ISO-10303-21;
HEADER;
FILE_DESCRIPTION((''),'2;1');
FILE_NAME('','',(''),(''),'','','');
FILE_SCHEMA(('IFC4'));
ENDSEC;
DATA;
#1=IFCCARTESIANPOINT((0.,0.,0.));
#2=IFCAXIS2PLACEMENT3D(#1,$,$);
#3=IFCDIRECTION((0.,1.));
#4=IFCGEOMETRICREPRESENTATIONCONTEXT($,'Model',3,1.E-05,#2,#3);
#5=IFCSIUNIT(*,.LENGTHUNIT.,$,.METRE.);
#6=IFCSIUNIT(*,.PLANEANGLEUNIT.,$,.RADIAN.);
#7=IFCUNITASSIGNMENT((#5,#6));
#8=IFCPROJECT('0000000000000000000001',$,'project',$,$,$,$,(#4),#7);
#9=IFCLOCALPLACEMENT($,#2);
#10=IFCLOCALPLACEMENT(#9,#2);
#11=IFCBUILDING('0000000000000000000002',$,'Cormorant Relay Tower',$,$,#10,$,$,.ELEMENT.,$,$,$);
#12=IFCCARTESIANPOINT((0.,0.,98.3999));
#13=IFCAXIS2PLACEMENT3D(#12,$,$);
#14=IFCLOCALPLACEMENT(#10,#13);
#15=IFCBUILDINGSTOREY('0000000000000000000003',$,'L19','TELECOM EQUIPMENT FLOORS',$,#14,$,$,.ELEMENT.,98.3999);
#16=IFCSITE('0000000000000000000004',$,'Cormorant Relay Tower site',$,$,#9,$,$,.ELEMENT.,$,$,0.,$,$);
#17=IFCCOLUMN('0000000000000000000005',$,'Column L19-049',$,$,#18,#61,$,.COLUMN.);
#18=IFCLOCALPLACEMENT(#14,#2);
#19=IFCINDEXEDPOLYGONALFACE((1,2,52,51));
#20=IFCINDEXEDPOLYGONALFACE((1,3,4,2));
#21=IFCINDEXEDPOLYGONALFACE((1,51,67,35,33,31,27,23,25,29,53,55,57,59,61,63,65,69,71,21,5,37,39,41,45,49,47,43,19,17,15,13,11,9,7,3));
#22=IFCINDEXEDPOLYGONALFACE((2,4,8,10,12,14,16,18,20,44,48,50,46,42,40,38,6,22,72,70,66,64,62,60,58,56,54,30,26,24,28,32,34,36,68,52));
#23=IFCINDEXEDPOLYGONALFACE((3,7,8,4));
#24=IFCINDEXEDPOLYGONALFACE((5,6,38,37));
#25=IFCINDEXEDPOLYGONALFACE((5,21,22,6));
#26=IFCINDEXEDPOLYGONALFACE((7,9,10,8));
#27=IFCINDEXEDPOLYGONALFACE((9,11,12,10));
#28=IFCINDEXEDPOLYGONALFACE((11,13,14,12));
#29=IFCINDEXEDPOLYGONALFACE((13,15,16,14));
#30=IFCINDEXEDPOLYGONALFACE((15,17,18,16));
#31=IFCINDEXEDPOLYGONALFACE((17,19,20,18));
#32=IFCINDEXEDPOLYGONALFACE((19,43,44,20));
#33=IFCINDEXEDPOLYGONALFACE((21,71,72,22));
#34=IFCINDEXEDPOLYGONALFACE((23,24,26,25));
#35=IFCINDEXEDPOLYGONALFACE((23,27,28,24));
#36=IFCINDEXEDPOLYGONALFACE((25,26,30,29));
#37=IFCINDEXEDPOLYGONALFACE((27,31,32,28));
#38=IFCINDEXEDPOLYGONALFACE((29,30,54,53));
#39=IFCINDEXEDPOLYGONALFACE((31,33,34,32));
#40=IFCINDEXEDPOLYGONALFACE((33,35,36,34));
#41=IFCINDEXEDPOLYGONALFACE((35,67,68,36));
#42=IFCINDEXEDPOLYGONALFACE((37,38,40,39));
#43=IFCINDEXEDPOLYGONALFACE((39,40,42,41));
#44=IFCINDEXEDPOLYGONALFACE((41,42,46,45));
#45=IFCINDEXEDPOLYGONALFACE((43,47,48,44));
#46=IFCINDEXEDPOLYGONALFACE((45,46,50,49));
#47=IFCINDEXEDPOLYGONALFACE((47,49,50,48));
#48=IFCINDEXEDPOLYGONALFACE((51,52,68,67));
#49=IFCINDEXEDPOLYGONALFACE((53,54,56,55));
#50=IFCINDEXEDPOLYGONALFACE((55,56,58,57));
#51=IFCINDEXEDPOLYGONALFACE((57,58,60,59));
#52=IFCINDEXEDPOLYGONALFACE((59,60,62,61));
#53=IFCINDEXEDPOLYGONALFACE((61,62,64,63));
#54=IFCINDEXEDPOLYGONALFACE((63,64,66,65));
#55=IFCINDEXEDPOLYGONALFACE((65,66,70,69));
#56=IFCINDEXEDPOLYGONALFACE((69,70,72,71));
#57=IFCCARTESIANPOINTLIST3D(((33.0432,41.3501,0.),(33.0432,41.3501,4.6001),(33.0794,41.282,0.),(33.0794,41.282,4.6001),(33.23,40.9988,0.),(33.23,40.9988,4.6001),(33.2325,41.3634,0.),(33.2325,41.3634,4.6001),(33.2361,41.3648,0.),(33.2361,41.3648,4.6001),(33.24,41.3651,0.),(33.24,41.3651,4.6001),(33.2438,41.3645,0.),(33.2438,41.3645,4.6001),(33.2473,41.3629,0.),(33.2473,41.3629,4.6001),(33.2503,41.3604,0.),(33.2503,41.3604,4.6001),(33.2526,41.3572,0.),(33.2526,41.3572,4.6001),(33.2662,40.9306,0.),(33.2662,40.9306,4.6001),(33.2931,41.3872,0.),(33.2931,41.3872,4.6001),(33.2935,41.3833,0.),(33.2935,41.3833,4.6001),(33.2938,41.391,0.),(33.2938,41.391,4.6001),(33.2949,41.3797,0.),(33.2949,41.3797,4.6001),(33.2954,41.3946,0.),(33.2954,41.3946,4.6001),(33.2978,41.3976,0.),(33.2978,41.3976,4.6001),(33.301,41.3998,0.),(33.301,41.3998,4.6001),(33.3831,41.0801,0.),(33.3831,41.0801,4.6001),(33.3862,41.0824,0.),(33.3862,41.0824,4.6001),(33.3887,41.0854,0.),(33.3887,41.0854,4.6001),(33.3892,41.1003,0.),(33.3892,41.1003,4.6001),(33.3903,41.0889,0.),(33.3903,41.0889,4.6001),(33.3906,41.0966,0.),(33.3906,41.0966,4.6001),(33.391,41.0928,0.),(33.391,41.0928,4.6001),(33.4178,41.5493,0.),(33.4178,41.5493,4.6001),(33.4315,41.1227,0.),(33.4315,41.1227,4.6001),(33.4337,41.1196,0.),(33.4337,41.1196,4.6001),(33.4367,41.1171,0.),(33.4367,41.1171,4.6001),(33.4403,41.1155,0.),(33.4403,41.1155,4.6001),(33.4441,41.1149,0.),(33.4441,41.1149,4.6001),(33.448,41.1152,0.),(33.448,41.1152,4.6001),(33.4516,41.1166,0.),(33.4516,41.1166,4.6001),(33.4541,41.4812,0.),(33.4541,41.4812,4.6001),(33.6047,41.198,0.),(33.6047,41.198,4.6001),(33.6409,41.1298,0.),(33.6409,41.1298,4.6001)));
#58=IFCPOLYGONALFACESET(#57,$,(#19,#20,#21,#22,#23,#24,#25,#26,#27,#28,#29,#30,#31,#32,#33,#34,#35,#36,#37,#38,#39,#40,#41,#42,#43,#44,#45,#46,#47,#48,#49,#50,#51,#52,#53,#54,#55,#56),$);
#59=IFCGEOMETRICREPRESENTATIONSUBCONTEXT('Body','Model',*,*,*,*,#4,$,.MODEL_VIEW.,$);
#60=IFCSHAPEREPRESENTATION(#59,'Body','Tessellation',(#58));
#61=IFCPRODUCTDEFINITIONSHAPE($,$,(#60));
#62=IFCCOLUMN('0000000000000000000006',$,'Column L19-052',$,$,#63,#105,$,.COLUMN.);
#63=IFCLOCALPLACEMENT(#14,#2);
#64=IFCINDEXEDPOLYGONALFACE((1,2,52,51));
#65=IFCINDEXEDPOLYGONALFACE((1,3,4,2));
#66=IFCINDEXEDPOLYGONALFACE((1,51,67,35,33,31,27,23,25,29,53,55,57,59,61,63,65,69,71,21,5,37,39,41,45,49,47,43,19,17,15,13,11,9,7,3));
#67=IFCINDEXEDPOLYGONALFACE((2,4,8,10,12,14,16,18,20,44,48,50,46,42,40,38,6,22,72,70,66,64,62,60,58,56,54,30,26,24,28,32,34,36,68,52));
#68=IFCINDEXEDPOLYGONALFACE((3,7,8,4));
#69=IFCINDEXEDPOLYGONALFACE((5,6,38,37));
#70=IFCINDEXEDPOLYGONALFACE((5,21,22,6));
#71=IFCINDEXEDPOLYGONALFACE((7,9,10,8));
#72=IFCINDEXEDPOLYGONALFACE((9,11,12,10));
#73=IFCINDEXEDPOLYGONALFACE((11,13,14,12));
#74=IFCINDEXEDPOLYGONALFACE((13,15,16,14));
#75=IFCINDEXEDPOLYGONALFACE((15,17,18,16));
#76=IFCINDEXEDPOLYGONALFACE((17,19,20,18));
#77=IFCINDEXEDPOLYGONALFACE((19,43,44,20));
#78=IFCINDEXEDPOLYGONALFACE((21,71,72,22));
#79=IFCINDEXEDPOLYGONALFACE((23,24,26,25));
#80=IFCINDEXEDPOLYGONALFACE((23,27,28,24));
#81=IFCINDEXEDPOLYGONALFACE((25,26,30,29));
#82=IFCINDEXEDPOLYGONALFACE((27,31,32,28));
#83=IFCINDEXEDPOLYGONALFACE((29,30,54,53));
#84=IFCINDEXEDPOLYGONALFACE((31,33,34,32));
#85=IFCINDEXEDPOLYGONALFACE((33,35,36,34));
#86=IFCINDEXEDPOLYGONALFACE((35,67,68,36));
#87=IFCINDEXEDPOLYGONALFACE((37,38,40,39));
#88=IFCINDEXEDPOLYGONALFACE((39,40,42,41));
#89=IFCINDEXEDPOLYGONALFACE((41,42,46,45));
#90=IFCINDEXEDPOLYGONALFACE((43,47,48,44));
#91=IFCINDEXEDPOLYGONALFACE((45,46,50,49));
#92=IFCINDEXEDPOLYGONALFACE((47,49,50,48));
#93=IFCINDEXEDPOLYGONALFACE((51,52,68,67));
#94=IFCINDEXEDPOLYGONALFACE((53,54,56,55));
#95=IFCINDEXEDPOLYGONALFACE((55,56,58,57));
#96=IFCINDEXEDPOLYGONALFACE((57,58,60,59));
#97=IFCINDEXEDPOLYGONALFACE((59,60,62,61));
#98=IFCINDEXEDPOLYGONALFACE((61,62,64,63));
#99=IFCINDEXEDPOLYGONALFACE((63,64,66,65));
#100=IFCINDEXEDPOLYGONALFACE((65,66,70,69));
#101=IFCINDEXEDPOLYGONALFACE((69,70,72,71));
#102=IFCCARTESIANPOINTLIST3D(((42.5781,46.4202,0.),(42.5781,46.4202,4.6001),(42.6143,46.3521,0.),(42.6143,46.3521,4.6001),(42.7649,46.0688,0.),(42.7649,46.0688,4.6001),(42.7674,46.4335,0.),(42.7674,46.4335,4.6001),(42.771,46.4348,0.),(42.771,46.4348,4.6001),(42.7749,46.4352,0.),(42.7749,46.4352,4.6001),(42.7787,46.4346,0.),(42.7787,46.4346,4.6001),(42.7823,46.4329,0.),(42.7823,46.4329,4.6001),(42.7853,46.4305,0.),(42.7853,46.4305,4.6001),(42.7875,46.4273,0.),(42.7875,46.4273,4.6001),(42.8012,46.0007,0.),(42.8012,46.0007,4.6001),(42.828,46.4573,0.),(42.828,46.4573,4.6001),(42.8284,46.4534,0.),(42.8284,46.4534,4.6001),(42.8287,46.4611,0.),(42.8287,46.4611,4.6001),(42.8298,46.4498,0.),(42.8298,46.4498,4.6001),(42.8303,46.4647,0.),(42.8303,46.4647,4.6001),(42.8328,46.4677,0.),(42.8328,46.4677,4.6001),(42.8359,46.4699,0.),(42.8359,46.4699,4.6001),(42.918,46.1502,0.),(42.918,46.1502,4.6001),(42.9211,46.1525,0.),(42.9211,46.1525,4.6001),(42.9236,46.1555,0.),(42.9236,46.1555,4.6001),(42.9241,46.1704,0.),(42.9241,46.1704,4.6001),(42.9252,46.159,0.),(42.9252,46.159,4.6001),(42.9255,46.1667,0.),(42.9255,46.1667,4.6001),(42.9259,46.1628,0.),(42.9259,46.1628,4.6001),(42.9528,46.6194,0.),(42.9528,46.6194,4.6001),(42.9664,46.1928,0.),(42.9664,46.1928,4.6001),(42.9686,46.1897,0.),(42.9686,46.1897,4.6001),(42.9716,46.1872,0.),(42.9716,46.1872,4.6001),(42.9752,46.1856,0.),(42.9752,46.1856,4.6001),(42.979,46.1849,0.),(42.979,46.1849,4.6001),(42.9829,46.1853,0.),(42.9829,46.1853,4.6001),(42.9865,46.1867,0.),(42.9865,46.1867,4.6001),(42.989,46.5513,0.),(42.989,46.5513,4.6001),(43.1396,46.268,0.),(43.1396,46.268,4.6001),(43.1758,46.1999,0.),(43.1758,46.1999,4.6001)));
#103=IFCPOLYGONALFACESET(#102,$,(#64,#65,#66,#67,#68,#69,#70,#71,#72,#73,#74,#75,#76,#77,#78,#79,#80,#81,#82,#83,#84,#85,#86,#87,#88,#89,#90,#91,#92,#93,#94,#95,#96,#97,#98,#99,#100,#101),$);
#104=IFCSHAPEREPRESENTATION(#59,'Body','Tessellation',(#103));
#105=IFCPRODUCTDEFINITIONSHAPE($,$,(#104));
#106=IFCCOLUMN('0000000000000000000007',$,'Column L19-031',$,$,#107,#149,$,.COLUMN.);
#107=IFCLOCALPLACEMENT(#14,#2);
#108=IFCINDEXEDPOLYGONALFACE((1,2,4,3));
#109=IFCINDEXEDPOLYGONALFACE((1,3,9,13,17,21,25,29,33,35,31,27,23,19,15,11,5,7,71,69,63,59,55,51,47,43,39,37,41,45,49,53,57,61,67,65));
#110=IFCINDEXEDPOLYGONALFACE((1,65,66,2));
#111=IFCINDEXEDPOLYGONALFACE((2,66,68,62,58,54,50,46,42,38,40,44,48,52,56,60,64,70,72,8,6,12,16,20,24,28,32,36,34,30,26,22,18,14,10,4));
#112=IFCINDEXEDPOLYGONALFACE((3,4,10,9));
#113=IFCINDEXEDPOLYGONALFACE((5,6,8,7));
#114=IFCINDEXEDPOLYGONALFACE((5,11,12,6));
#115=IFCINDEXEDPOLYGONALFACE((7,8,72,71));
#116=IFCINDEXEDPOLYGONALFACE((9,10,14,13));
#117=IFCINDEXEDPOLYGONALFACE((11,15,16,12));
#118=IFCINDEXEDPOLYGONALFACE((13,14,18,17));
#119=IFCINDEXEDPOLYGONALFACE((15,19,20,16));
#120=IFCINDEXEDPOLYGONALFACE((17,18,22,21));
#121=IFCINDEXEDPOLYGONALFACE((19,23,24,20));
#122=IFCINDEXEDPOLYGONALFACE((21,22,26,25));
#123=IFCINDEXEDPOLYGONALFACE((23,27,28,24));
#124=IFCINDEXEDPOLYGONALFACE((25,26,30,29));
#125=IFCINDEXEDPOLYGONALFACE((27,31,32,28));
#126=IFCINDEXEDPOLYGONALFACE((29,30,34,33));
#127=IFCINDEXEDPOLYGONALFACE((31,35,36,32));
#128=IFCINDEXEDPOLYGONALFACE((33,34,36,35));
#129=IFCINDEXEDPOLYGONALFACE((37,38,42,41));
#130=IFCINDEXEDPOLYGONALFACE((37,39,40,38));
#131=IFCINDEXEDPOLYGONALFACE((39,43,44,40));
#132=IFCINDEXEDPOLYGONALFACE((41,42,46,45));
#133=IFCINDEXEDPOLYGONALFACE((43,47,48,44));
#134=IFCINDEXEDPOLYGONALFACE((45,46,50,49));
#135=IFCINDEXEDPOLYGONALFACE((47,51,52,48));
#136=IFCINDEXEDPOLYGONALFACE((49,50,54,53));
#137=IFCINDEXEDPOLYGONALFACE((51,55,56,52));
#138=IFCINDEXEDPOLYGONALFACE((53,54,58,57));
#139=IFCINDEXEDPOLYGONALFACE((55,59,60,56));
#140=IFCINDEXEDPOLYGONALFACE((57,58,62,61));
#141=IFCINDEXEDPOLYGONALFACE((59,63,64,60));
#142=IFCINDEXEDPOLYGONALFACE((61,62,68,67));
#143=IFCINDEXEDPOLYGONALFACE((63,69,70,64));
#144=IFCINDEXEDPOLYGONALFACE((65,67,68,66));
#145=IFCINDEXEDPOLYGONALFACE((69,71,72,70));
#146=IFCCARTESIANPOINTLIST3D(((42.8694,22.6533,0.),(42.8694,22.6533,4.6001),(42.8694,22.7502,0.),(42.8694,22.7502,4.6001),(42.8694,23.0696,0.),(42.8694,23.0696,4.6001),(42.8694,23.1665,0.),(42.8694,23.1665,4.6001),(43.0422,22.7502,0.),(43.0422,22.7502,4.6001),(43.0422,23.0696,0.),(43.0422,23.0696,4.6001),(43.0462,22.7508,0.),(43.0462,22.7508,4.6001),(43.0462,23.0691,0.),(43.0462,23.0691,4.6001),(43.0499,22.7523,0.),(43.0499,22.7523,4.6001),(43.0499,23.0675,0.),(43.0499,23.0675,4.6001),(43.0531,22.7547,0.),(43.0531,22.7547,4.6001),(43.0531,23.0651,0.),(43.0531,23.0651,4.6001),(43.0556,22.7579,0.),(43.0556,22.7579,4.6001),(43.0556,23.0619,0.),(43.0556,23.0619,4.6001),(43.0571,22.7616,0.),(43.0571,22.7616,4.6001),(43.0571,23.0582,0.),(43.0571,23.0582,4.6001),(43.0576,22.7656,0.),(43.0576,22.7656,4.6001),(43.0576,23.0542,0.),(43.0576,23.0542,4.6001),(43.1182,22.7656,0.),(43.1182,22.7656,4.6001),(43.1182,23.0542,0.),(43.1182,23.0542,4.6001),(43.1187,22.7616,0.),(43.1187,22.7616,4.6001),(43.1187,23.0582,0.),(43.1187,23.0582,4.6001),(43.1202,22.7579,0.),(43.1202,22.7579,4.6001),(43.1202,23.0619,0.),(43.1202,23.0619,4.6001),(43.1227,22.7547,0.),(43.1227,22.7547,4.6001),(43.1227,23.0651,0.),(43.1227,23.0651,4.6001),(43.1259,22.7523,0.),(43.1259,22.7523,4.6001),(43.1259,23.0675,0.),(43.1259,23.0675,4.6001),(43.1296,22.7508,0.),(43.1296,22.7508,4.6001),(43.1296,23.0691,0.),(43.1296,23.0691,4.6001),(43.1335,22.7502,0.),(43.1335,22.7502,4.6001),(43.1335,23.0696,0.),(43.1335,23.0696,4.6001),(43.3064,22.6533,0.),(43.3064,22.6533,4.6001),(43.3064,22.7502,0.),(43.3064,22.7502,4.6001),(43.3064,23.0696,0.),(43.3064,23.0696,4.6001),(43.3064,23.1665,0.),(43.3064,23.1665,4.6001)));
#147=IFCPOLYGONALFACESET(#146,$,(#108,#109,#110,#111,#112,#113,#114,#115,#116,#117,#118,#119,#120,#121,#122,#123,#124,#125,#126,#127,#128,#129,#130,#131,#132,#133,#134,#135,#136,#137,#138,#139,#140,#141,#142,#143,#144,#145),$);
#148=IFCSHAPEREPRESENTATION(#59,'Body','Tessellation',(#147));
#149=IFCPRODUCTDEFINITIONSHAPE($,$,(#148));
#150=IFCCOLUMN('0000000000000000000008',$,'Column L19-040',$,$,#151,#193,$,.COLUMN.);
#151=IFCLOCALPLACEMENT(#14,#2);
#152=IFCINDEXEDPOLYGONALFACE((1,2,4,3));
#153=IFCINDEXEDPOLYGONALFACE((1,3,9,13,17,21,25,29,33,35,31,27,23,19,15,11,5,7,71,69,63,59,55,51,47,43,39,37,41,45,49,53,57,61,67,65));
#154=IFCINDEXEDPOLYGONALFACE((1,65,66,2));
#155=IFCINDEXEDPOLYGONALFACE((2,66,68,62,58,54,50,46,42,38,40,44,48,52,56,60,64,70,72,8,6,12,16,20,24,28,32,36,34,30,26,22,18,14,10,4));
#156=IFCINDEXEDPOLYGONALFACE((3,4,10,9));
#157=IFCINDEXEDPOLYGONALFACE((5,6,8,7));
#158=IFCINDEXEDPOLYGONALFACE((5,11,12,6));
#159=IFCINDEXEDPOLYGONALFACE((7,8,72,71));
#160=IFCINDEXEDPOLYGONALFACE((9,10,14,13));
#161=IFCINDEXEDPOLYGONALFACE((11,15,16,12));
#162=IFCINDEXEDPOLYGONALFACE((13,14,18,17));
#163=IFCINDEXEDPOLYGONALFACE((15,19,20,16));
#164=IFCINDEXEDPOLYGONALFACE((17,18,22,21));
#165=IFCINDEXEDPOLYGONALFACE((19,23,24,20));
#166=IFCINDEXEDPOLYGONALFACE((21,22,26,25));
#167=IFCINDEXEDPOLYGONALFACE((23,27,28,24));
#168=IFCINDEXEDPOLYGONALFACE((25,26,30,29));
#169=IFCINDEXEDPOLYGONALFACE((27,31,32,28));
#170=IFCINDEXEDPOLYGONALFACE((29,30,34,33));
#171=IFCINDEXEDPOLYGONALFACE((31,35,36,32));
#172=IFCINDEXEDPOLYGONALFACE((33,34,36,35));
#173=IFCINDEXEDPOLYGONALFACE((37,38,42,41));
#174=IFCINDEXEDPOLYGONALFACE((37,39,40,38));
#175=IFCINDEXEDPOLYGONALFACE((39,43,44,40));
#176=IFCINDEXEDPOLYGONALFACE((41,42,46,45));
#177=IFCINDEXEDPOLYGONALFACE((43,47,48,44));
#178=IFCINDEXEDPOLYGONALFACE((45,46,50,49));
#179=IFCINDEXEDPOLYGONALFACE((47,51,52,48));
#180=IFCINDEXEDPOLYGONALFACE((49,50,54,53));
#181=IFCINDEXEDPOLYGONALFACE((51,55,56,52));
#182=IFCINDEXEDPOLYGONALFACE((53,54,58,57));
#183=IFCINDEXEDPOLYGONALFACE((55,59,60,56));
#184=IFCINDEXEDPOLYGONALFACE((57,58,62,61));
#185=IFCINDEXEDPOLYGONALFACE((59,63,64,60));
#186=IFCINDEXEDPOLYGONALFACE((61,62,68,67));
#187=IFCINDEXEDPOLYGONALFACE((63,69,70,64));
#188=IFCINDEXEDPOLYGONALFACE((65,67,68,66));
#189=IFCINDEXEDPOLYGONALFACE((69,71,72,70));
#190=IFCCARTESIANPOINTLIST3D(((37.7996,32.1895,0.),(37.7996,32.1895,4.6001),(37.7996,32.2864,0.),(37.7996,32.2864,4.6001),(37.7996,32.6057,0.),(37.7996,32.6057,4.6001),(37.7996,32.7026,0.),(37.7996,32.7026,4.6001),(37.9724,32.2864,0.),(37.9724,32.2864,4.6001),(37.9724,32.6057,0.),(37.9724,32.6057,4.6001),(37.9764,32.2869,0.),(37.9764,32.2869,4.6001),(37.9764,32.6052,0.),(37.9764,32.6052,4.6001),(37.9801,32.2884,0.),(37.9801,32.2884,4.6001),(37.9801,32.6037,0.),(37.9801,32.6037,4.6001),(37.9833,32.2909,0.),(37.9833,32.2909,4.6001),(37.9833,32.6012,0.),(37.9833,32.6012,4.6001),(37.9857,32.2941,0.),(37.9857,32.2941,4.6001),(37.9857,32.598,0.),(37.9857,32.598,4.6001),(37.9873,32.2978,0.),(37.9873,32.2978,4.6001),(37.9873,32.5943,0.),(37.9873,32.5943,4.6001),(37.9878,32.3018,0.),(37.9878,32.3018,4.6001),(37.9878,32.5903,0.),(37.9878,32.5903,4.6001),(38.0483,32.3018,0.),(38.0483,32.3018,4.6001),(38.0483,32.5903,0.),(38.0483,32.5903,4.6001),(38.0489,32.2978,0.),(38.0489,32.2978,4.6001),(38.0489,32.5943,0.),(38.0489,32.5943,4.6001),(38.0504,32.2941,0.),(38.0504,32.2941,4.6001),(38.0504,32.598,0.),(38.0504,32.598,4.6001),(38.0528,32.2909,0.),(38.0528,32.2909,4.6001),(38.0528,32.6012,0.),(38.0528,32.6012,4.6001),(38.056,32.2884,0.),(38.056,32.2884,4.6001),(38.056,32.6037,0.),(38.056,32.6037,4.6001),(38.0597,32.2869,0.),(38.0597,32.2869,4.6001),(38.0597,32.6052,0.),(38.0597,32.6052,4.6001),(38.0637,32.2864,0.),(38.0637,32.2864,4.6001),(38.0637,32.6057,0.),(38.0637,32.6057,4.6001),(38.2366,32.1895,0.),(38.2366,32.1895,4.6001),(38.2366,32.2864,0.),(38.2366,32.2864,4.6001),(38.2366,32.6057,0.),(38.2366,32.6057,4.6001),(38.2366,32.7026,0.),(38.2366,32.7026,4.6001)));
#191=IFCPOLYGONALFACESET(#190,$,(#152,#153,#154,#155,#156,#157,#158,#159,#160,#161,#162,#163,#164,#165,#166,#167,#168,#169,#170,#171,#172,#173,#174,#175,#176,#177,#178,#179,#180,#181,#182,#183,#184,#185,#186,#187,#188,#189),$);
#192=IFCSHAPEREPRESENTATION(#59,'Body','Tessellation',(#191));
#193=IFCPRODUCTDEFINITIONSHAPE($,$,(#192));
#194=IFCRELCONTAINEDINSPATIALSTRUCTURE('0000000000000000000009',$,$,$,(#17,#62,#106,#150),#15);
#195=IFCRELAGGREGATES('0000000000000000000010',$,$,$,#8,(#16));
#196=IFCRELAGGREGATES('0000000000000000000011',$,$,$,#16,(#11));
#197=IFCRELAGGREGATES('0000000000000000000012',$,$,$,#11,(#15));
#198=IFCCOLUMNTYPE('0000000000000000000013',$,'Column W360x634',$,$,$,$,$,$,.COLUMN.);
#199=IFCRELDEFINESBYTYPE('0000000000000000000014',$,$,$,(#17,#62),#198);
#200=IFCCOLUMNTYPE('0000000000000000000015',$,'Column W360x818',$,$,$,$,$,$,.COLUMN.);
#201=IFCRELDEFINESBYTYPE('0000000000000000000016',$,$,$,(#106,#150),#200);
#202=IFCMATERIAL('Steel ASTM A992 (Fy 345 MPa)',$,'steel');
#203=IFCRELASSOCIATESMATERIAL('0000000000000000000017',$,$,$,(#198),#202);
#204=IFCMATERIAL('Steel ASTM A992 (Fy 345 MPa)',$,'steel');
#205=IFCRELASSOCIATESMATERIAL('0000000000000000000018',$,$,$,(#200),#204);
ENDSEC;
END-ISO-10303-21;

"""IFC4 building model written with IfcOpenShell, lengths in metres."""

from ifc_helpers import new_model, si_unit, direction, frame, origin, origin_2d, place, context, subcontext, project, spatial, i_section, extrude, material, material_profile, profile_set, type_object, element, save


model = new_model("IFC4")

# Units and contexts
model_context = context("Model", 3, precision=1e-05, world=origin(), true_north=direction((0.0, 1.0)))
body_context = subcontext(model_context, "Body", "Model", "MODEL_VIEW")
ifc_project = project(units=[si_unit("LENGTHUNIT", "METRE"), si_unit("PLANEANGLEUNIT", "RADIAN")], contexts=[model_context])

# Site, building, storey
site_placement = place(None, origin())
site = spatial("IfcSite", under=ifc_project, at=site_placement, Name="Cormorant Relay Tower site", CompositionType="ELEMENT", RefElevation=0.0)
building_placement = place(site_placement, origin())
building = spatial("IfcBuilding", under=site, at=building_placement, Name="Cormorant Relay Tower", CompositionType="ELEMENT")
storey_placement = place(building_placement, frame((0.0, 0.0, 98.3999)))
storey = spatial("IfcBuildingStorey", under=building, at=storey_placement, Name="L19", Description="TELECOM EQUIPMENT FLOORS", CompositionType="ELEMENT", Elevation=98.3999)

# Columns
ifc_material_1 = material(Name="Steel ASTM A992 (Fy 345 MPa)", Category="steel")
ifc_material_profile_1 = material_profile(ifc_material_1, i_section(OverallWidth=0.4243, OverallDepth=0.4751, WebThickness=0.0479, FlangeThickness=0.0771, FilletRadius=0.0149, at=origin_2d()), Name="W360x634")
ifc_profile_set_1 = profile_set([ifc_material_profile_1], Name="Steel ASTM A992 (Fy 345 MPa)")
column_type_1 = type_object("IfcColumnType", Name="Column W360x634", PredefinedType="COLUMN", material=ifc_profile_set_1)
for number, where, z_axis, x_axis, name in (
    (1, (33.342, 41.24, 0.0), (0.0, 0.0, 1.0), (-0.882948, -0.469472, 0.0), "Column L19-049"),
    (2, (42.877, 46.3101, 0.0), (0.0, 0.0, 1.0), (-0.882948, -0.469472, 0.0), "Column L19-052"),
):
    element("IfcColumn", number, at=place(storey_placement, frame(where, z_axis=z_axis, x_axis=x_axis)), inside=storey, type_object=column_type_1, Name=name, PredefinedType="COLUMN", context=body_context, shape_type="SweptSolid", body=[
        extrude(i_section(OverallWidth=0.4243, OverallDepth=0.4751, WebThickness=0.0479, FlangeThickness=0.0771, FilletRadius=0.0149, at=origin_2d()), origin(), (0.0, 0.0, 1.0), 4.6001),
    ])
ifc_material_2 = material(Name="Steel ASTM A992 (Fy 345 MPa)", Category="steel")
ifc_material_profile_2 = material_profile(ifc_material_2, i_section(OverallWidth=0.437, OverallDepth=0.5132, WebThickness=0.0605, FlangeThickness=0.0969, FilletRadius=0.0154, at=origin_2d()), Name="W360x818")
ifc_profile_set_2 = profile_set([ifc_material_profile_2], Name="Steel ASTM A992 (Fy 345 MPa)")
column_type_2 = type_object("IfcColumnType", Name="Column W360x818", PredefinedType="COLUMN", material=ifc_profile_set_2)
for number, where, z_axis, x_axis, name in (
    (3, (43.0879, 22.9099, 0.0), (0.0, 0.0, 1.0), (1.0, 0.0, 0.0), "Column L19-031"),
    (4, (38.0181, 32.446, 0.0), (0.0, 0.0, 1.0), (1.0, 0.0, 0.0), "Column L19-040"),
):
    element("IfcColumn", number, at=place(storey_placement, frame(where, z_axis=z_axis, x_axis=x_axis)), inside=storey, type_object=column_type_2, Name=name, PredefinedType="COLUMN", context=body_context, shape_type="SweptSolid", body=[
        extrude(i_section(OverallWidth=0.437, OverallDepth=0.5132, WebThickness=0.0605, FlangeThickness=0.0969, FilletRadius=0.0154, at=origin_2d()), origin(), (0.0, 0.0, 1.0), 4.6001),
    ])

save(model, "model.ifc")
